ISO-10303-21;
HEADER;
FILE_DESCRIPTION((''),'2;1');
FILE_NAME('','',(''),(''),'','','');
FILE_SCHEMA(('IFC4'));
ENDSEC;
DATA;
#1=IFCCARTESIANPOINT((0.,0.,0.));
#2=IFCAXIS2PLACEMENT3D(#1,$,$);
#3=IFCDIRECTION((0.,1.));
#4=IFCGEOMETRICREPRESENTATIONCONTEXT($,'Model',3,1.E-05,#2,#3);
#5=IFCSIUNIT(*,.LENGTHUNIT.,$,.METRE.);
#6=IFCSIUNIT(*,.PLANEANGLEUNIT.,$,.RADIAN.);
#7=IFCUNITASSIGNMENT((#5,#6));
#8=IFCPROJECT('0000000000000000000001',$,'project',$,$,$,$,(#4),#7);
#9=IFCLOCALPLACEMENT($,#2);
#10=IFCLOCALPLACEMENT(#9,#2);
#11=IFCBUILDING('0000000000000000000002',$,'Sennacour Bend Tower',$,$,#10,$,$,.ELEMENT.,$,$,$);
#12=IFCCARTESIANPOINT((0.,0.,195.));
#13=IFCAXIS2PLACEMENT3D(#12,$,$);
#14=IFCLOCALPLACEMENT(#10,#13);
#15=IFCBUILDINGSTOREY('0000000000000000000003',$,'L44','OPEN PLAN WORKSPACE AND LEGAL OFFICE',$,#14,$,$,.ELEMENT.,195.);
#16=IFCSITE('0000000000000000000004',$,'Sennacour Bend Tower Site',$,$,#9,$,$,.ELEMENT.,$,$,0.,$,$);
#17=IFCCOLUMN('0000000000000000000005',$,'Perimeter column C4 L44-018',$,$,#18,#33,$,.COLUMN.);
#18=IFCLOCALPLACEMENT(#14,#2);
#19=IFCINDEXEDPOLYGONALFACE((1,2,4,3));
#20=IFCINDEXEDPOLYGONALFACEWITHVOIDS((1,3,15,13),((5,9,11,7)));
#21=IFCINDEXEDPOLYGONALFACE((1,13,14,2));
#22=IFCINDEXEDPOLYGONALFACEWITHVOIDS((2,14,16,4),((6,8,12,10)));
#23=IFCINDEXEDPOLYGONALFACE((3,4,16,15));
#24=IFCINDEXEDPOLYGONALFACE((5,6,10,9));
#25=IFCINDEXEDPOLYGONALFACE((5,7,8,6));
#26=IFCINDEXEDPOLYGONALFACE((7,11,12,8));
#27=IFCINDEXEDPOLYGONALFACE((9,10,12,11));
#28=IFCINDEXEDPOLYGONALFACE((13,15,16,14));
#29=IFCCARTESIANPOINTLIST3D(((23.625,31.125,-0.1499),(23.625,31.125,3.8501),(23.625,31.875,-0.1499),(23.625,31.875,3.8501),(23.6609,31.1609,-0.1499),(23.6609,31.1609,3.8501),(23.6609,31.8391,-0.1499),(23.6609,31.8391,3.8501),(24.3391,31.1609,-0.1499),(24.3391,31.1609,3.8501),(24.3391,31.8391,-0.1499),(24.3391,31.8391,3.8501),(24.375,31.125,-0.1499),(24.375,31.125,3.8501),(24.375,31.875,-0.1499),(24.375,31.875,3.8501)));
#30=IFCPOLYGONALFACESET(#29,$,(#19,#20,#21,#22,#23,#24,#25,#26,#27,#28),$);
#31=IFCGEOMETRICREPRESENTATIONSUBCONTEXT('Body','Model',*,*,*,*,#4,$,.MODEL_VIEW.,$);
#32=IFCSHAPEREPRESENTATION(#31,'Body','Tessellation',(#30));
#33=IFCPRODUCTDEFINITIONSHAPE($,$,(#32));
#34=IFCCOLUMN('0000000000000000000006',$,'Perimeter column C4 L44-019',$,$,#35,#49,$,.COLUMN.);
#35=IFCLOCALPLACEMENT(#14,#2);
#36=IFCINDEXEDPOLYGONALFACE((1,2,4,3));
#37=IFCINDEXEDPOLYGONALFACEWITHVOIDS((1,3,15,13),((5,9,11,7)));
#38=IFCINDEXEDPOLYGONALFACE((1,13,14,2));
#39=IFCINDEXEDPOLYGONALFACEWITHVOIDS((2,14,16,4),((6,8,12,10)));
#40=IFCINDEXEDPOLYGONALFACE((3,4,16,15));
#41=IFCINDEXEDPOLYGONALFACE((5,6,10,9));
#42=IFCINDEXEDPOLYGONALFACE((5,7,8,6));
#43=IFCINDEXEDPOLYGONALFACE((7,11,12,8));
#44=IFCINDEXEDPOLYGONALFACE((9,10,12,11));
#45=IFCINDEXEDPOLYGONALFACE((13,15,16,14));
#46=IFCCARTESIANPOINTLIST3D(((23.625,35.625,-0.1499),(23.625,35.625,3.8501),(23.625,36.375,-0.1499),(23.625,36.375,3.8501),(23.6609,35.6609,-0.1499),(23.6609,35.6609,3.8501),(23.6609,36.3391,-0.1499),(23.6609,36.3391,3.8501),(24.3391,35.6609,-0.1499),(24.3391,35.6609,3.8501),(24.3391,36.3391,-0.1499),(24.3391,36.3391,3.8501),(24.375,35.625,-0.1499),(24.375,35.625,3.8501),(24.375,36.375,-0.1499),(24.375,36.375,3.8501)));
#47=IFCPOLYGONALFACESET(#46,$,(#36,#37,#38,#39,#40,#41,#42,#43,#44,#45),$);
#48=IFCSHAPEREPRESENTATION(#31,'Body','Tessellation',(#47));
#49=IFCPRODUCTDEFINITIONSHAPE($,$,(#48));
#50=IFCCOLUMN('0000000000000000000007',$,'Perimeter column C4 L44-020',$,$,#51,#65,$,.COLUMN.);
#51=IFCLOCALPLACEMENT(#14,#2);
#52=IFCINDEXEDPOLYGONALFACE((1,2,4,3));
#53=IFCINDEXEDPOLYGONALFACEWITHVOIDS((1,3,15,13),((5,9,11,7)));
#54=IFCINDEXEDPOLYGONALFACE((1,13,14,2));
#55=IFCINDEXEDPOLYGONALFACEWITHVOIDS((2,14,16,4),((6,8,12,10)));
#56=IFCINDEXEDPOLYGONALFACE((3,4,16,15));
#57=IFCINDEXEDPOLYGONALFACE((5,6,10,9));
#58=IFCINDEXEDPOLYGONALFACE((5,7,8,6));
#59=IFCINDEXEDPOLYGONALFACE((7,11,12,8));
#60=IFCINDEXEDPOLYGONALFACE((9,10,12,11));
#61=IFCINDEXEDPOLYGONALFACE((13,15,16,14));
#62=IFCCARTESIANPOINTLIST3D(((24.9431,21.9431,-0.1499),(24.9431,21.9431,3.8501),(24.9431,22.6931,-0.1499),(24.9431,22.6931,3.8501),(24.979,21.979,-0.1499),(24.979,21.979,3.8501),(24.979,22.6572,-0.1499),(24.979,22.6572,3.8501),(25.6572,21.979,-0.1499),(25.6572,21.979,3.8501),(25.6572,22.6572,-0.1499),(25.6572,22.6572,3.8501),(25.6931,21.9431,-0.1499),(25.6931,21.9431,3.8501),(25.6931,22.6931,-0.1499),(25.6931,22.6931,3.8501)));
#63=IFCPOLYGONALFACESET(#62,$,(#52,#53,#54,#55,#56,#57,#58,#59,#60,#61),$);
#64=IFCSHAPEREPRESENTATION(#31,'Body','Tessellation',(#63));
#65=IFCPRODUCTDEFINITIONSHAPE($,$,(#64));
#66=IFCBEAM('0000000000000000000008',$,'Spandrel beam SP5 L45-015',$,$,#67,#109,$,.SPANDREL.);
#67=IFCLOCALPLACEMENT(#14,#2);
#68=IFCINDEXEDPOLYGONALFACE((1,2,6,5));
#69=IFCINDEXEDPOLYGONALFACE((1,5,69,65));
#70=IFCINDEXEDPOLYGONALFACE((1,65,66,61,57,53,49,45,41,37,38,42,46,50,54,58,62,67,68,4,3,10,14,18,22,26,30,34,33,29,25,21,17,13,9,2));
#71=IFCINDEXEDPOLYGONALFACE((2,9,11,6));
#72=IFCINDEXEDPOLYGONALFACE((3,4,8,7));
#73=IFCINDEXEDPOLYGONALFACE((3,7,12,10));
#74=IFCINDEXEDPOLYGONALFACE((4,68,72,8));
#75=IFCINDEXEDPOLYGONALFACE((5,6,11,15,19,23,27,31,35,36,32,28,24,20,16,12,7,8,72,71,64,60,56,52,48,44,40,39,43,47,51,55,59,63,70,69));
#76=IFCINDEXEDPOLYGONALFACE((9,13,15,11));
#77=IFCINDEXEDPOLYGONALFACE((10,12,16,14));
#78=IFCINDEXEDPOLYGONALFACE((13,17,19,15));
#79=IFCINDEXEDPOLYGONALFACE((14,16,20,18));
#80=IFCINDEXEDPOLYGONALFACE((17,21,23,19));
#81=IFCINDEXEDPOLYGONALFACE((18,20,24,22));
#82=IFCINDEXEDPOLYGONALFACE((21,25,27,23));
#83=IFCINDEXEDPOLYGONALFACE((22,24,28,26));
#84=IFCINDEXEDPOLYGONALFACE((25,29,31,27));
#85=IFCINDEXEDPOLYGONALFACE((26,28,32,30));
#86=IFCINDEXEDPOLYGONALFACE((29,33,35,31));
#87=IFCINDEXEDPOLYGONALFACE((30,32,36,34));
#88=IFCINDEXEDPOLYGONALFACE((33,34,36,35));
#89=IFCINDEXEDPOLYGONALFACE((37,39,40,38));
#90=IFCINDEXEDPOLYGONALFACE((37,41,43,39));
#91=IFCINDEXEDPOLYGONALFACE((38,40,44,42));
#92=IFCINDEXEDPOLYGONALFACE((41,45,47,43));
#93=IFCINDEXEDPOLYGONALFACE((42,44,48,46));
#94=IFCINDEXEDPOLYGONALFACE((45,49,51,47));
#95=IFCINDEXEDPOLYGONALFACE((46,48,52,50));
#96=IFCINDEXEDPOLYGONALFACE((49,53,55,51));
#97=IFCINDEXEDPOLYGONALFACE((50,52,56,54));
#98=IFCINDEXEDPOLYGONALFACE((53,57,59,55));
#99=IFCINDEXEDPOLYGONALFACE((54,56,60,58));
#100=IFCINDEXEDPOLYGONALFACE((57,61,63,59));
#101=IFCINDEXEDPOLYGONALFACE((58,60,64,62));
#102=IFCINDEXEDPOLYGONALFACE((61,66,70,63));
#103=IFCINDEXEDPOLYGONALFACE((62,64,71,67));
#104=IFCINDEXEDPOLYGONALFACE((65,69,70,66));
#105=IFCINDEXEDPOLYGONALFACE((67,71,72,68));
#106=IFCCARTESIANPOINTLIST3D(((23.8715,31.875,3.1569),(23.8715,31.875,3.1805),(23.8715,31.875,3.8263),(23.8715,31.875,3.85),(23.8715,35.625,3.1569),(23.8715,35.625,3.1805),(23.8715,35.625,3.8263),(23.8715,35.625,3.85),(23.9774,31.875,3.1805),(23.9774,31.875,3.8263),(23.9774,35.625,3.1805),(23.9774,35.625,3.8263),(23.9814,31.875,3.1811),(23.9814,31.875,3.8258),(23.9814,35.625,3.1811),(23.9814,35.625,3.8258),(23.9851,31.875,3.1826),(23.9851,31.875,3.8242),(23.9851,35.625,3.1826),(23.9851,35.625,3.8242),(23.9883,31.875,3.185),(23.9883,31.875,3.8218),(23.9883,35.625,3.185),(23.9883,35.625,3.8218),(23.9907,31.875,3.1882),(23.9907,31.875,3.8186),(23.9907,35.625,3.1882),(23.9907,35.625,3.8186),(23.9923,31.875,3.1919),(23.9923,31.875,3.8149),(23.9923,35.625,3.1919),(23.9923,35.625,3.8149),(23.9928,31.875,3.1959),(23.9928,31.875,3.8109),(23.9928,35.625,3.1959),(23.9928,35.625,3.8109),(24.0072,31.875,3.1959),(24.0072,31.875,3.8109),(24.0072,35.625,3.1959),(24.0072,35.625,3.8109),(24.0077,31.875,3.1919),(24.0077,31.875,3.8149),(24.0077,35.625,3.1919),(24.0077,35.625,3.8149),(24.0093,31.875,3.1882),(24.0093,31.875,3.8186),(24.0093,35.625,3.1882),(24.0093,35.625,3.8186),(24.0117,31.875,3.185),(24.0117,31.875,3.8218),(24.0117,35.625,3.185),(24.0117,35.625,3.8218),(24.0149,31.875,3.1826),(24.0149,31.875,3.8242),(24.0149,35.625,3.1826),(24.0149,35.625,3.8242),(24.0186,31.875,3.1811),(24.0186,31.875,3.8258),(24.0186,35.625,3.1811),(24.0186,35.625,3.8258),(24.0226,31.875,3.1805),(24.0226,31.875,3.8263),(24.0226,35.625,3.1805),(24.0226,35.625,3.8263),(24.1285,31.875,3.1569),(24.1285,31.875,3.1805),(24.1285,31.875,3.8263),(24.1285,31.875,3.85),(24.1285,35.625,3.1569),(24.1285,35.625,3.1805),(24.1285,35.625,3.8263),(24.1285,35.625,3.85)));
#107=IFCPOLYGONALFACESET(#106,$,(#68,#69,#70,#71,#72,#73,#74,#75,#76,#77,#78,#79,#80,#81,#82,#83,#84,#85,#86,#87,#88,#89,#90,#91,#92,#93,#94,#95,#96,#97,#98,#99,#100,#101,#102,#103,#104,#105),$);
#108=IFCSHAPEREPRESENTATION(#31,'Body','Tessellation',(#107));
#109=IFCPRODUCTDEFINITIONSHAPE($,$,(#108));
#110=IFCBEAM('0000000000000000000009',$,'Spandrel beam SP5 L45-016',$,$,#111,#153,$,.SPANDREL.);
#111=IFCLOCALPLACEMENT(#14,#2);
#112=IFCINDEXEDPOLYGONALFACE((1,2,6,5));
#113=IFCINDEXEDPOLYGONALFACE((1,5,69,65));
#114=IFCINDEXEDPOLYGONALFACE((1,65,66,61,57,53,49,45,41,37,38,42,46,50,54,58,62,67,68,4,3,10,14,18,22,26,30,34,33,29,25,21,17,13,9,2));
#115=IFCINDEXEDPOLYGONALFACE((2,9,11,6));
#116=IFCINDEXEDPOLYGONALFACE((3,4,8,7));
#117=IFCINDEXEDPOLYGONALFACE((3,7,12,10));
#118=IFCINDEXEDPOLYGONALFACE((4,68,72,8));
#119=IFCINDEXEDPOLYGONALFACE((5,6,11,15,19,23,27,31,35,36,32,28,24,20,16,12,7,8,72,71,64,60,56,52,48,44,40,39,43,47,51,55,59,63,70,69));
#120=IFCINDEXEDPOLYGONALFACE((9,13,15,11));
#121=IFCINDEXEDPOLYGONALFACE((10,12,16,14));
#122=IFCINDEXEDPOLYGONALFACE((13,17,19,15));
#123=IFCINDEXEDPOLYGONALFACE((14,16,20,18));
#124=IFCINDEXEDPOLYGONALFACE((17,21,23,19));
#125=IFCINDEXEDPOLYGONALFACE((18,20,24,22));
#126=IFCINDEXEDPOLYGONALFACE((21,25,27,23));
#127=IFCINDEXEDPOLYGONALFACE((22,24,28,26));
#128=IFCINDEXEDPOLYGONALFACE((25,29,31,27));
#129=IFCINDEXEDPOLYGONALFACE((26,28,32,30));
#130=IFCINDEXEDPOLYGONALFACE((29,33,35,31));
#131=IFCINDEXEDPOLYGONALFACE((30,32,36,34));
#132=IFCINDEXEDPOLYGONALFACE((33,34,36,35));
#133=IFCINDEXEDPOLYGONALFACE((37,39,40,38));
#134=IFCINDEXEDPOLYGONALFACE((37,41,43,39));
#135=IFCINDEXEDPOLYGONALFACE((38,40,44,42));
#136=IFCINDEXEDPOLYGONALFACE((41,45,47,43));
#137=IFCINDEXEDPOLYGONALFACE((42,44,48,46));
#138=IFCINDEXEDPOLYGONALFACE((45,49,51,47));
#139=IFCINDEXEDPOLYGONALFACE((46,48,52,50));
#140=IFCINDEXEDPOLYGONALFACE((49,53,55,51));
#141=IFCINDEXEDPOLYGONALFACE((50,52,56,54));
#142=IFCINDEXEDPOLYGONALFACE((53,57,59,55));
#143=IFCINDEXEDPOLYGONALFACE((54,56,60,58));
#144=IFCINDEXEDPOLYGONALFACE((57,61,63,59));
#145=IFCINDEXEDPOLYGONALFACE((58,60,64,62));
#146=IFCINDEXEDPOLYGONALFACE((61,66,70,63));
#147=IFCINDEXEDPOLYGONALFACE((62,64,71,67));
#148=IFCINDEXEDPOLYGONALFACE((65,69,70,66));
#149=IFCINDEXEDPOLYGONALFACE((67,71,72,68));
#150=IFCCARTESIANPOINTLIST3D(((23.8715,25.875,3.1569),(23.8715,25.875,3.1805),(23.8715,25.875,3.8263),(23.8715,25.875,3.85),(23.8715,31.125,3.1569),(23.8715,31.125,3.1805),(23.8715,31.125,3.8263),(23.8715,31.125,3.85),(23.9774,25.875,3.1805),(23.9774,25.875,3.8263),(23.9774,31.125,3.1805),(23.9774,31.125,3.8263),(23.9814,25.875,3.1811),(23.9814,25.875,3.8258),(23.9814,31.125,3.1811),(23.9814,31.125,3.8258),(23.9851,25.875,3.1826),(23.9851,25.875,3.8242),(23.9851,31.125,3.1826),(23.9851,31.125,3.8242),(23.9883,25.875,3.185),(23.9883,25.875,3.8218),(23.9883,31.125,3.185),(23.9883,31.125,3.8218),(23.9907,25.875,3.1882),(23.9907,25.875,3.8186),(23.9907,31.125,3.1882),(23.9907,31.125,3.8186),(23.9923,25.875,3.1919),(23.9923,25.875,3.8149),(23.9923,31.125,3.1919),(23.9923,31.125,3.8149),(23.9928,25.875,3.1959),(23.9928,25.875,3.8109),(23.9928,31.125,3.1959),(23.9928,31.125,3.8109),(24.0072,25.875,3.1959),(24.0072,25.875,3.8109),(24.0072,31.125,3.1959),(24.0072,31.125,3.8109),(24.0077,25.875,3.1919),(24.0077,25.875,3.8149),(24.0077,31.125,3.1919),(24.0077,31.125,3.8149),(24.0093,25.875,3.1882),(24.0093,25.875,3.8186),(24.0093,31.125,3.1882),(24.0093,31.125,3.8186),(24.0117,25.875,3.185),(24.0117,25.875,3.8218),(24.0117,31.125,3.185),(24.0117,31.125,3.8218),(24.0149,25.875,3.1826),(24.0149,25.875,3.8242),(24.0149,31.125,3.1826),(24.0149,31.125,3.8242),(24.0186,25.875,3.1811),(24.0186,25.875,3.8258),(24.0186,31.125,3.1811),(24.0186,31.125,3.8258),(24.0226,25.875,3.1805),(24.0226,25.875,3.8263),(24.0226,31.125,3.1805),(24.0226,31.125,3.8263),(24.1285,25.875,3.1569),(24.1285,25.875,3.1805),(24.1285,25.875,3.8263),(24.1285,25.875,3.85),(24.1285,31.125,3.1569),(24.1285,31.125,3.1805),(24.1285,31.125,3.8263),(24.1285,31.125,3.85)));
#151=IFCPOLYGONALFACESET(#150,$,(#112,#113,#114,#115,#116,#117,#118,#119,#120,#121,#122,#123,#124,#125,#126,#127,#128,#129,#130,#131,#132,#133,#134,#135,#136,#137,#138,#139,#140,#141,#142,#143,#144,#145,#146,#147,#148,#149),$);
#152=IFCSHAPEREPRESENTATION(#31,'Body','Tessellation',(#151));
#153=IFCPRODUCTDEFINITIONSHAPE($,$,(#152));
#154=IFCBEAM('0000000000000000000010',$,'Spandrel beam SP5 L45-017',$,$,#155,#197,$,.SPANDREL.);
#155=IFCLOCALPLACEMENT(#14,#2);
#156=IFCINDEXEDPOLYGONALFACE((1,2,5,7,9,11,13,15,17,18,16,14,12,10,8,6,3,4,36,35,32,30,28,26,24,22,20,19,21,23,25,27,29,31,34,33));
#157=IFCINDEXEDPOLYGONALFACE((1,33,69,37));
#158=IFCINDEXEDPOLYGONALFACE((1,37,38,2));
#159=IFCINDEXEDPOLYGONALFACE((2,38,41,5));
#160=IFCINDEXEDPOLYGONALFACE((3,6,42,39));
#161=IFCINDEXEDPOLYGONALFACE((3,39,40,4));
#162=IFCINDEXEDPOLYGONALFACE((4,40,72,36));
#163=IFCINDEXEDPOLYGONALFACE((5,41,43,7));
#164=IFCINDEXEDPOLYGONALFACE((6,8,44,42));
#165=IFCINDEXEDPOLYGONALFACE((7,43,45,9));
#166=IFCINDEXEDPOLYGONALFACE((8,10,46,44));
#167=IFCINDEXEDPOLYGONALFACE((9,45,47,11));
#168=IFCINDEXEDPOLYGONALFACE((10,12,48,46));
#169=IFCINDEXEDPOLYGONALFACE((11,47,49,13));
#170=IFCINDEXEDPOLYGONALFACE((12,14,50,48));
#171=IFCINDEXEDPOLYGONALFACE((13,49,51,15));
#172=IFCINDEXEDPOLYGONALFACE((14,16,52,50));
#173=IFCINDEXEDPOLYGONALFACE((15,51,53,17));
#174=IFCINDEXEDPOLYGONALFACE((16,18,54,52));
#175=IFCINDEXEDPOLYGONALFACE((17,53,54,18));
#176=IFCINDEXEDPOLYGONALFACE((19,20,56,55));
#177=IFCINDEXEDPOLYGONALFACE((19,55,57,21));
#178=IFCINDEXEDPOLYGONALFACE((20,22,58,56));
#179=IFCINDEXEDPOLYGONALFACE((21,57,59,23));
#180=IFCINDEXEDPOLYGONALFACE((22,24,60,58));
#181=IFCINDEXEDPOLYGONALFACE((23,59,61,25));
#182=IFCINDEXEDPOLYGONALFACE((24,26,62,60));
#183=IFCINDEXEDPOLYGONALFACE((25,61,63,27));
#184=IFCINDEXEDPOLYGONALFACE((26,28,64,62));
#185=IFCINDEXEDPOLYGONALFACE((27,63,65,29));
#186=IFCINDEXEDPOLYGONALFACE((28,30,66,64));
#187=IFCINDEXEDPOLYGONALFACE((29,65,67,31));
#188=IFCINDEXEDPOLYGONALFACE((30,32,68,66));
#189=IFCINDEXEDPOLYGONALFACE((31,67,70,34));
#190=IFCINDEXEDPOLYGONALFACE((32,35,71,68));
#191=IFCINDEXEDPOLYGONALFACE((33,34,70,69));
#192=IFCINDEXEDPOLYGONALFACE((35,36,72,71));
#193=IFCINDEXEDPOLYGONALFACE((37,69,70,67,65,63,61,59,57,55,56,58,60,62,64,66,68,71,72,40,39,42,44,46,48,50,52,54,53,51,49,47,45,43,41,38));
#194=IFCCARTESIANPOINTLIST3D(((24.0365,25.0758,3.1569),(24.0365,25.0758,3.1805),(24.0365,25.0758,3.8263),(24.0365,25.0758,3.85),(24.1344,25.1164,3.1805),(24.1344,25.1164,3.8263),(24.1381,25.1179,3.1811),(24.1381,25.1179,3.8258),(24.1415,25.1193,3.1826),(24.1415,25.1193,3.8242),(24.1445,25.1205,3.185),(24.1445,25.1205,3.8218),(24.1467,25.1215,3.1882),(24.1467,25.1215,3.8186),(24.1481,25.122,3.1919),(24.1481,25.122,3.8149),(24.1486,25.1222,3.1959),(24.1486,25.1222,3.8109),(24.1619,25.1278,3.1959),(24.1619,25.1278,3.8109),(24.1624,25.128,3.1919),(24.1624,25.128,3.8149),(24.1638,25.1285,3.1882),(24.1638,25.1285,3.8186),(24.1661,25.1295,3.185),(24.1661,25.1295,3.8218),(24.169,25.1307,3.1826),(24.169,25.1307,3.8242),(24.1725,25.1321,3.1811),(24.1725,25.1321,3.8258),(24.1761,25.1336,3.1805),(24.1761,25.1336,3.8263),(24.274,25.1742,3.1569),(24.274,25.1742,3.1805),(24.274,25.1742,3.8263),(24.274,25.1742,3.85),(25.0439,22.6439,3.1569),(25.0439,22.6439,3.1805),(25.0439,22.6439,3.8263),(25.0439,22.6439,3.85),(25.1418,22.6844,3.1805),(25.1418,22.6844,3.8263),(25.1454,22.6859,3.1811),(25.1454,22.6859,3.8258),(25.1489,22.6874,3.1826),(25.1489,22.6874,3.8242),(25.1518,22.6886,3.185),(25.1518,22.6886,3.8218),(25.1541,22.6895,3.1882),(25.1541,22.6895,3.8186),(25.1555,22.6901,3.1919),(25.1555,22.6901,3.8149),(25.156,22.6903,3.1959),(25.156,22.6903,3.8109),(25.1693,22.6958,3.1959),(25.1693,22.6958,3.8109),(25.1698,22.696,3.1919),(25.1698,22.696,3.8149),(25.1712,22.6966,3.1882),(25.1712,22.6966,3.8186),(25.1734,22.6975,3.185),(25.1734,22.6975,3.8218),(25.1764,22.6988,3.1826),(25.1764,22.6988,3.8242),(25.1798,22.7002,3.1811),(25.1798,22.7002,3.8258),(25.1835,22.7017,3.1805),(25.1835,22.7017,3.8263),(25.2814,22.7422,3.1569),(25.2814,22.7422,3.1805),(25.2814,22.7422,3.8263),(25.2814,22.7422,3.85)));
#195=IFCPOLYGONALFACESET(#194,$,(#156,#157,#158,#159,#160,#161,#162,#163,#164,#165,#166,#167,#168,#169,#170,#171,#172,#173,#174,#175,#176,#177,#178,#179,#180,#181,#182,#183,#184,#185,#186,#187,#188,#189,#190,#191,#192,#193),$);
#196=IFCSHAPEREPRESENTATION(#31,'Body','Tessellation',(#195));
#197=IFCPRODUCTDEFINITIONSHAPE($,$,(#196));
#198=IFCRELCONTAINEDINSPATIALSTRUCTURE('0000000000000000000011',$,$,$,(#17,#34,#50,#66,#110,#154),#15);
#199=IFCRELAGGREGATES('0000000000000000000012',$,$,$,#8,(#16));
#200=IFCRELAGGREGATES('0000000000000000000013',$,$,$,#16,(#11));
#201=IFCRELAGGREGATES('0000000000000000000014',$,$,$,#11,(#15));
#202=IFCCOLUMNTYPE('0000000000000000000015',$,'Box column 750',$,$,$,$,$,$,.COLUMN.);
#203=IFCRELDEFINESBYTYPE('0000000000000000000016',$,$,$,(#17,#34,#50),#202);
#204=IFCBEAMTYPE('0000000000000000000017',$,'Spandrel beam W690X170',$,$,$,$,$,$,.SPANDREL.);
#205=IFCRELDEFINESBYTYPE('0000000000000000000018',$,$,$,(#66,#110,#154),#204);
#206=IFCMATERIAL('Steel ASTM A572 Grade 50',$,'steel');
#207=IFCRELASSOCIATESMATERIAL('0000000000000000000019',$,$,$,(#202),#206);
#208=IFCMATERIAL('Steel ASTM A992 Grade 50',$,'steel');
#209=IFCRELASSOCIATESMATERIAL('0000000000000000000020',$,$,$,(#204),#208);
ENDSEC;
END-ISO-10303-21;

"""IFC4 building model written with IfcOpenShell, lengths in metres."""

from ifc_helpers import new_model, si_unit, direction, frame, origin, origin_2d, place, context, subcontext, project, spatial, hollow_rectangle, i_section, extrude, material, material_profile, profile_set, type_object, element, save


model = new_model("IFC4")

# Units and contexts
model_context = context("Model", 3, precision=1e-05, world=origin(), true_north=direction((0.0, 1.0)))
body_context = subcontext(model_context, "Body", "Model", "MODEL_VIEW")
ifc_project = project(units=[si_unit("LENGTHUNIT", "METRE"), si_unit("PLANEANGLEUNIT", "RADIAN")], contexts=[model_context])

# Site, building, storey
site_placement = place(None, origin())
site = spatial("IfcSite", under=ifc_project, at=site_placement, Name="Sennacour Bend Tower Site", CompositionType="ELEMENT", RefElevation=0.0)
building_placement = place(site_placement, origin())
building = spatial("IfcBuilding", under=site, at=building_placement, Name="Sennacour Bend Tower", CompositionType="ELEMENT")
storey_placement = place(building_placement, frame((0.0, 0.0, 195.0)))
storey = spatial("IfcBuildingStorey", under=building, at=storey_placement, Name="L44", Description="OPEN PLAN WORKSPACE AND LEGAL OFFICE", CompositionType="ELEMENT", Elevation=195.0)

# Columns
ifc_material_1 = material(Name="Steel ASTM A572 Grade 50", Category="steel")
ifc_material_profile_1 = material_profile(ifc_material_1, hollow_rectangle(XDim=0.75, YDim=0.75, WallThickness=0.0359, at=origin_2d()), Name="Steel ASTM A572 Grade 50", Category="steel")
ifc_profile_set_1 = profile_set([ifc_material_profile_1], Name="Steel ASTM A572 Grade 50")
column_type = type_object("IfcColumnType", Name="Box column 750", PredefinedType="COLUMN", material=ifc_profile_set_1)
for number, where, z_axis, x_axis, name in (
    (1, (24.0, 31.5, -0.1499), (0.0, 0.0, 1.0), (1.0, 0.0, 0.0), "Perimeter column C4 L44-018"),
    (2, (24.0, 36.0, -0.1499), (0.0, 0.0, 1.0), (1.0, 0.0, 0.0), "Perimeter column C4 L44-019"),
    (3, (25.3181, 22.3181, -0.1499), (0.0, 0.0, 1.0), (1.0, 0.0, 0.0), "Perimeter column C4 L44-020"),
):
    element("IfcColumn", number, at=place(storey_placement, frame(where, z_axis=z_axis, x_axis=x_axis)), inside=storey, type_object=column_type, Name=name, PredefinedType="COLUMN", context=body_context, shape_type="SweptSolid", body=[
        extrude(hollow_rectangle(XDim=0.75, YDim=0.75, WallThickness=0.0359, at=origin_2d()), origin(), (0.0, 0.0, 1.0), 4.0),
    ])

# Beams
ifc_material_2 = material(Name="Steel ASTM A992 Grade 50", Category="steel")
ifc_material_profile_2 = material_profile(ifc_material_2, i_section(OverallWidth=0.2571, OverallDepth=0.6931, WebThickness=0.0144, FlangeThickness=0.0237, FilletRadius=0.0154, at=origin_2d()), Name="Steel ASTM A992 Grade 50", Category="steel")
ifc_profile_set_2 = profile_set([ifc_material_profile_2], Name="Steel ASTM A992 Grade 50")
beam_type = type_object("IfcBeamType", Name="Spandrel beam W690X170", PredefinedType="SPANDREL", material=ifc_profile_set_2)
beam_1_placement = place(storey_placement, frame((24.0, 35.625, 3.5034), z_axis=(0.0, -1.0, 0.0), x_axis=(1.0, 0.0, 0.0)))
element("IfcBeam", 4, at=beam_1_placement, inside=storey, type_object=beam_type, Name="Spandrel beam SP5 L45-015", PredefinedType="SPANDREL", context=body_context, shape_type="SweptSolid", body=[
    extrude(i_section(OverallWidth=0.2571, OverallDepth=0.6931, WebThickness=0.0144, FlangeThickness=0.0237, FilletRadius=0.0154, at=origin_2d()), origin(), (0.0, 0.0, 1.0), 3.75),
])
beam_2_placement = place(storey_placement, frame((24.0, 31.125, 3.5034), z_axis=(0.0, -1.0, 0.0), x_axis=(1.0, 0.0, 0.0)))
element("IfcBeam", 5, at=beam_2_placement, inside=storey, type_object=beam_type, Name="Spandrel beam SP5 L45-016", PredefinedType="SPANDREL", context=body_context, shape_type="SweptSolid", body=[
    extrude(i_section(OverallWidth=0.2571, OverallDepth=0.6931, WebThickness=0.0144, FlangeThickness=0.0237, FilletRadius=0.0154, at=origin_2d()), origin(), (0.0, 0.0, 1.0), 5.25),
])
beam_3_placement = place(storey_placement, frame((24.1553, 25.125, 3.5034), z_axis=(0.382685, -0.923879, 0.0), x_axis=(0.923879, 0.382685, 0.0)))
element("IfcBeam", 6, at=beam_3_placement, inside=storey, type_object=beam_type, Name="Spandrel beam SP5 L45-017", PredefinedType="SPANDREL", context=body_context, shape_type="SweptSolid", body=[
    extrude(i_section(OverallWidth=0.2571, OverallDepth=0.6931, WebThickness=0.0144, FlangeThickness=0.0237, FilletRadius=0.0154, at=origin_2d()), origin(), (0.0, 0.0, 1.0), 2.6323),
])

save(model, "model.ifc")
